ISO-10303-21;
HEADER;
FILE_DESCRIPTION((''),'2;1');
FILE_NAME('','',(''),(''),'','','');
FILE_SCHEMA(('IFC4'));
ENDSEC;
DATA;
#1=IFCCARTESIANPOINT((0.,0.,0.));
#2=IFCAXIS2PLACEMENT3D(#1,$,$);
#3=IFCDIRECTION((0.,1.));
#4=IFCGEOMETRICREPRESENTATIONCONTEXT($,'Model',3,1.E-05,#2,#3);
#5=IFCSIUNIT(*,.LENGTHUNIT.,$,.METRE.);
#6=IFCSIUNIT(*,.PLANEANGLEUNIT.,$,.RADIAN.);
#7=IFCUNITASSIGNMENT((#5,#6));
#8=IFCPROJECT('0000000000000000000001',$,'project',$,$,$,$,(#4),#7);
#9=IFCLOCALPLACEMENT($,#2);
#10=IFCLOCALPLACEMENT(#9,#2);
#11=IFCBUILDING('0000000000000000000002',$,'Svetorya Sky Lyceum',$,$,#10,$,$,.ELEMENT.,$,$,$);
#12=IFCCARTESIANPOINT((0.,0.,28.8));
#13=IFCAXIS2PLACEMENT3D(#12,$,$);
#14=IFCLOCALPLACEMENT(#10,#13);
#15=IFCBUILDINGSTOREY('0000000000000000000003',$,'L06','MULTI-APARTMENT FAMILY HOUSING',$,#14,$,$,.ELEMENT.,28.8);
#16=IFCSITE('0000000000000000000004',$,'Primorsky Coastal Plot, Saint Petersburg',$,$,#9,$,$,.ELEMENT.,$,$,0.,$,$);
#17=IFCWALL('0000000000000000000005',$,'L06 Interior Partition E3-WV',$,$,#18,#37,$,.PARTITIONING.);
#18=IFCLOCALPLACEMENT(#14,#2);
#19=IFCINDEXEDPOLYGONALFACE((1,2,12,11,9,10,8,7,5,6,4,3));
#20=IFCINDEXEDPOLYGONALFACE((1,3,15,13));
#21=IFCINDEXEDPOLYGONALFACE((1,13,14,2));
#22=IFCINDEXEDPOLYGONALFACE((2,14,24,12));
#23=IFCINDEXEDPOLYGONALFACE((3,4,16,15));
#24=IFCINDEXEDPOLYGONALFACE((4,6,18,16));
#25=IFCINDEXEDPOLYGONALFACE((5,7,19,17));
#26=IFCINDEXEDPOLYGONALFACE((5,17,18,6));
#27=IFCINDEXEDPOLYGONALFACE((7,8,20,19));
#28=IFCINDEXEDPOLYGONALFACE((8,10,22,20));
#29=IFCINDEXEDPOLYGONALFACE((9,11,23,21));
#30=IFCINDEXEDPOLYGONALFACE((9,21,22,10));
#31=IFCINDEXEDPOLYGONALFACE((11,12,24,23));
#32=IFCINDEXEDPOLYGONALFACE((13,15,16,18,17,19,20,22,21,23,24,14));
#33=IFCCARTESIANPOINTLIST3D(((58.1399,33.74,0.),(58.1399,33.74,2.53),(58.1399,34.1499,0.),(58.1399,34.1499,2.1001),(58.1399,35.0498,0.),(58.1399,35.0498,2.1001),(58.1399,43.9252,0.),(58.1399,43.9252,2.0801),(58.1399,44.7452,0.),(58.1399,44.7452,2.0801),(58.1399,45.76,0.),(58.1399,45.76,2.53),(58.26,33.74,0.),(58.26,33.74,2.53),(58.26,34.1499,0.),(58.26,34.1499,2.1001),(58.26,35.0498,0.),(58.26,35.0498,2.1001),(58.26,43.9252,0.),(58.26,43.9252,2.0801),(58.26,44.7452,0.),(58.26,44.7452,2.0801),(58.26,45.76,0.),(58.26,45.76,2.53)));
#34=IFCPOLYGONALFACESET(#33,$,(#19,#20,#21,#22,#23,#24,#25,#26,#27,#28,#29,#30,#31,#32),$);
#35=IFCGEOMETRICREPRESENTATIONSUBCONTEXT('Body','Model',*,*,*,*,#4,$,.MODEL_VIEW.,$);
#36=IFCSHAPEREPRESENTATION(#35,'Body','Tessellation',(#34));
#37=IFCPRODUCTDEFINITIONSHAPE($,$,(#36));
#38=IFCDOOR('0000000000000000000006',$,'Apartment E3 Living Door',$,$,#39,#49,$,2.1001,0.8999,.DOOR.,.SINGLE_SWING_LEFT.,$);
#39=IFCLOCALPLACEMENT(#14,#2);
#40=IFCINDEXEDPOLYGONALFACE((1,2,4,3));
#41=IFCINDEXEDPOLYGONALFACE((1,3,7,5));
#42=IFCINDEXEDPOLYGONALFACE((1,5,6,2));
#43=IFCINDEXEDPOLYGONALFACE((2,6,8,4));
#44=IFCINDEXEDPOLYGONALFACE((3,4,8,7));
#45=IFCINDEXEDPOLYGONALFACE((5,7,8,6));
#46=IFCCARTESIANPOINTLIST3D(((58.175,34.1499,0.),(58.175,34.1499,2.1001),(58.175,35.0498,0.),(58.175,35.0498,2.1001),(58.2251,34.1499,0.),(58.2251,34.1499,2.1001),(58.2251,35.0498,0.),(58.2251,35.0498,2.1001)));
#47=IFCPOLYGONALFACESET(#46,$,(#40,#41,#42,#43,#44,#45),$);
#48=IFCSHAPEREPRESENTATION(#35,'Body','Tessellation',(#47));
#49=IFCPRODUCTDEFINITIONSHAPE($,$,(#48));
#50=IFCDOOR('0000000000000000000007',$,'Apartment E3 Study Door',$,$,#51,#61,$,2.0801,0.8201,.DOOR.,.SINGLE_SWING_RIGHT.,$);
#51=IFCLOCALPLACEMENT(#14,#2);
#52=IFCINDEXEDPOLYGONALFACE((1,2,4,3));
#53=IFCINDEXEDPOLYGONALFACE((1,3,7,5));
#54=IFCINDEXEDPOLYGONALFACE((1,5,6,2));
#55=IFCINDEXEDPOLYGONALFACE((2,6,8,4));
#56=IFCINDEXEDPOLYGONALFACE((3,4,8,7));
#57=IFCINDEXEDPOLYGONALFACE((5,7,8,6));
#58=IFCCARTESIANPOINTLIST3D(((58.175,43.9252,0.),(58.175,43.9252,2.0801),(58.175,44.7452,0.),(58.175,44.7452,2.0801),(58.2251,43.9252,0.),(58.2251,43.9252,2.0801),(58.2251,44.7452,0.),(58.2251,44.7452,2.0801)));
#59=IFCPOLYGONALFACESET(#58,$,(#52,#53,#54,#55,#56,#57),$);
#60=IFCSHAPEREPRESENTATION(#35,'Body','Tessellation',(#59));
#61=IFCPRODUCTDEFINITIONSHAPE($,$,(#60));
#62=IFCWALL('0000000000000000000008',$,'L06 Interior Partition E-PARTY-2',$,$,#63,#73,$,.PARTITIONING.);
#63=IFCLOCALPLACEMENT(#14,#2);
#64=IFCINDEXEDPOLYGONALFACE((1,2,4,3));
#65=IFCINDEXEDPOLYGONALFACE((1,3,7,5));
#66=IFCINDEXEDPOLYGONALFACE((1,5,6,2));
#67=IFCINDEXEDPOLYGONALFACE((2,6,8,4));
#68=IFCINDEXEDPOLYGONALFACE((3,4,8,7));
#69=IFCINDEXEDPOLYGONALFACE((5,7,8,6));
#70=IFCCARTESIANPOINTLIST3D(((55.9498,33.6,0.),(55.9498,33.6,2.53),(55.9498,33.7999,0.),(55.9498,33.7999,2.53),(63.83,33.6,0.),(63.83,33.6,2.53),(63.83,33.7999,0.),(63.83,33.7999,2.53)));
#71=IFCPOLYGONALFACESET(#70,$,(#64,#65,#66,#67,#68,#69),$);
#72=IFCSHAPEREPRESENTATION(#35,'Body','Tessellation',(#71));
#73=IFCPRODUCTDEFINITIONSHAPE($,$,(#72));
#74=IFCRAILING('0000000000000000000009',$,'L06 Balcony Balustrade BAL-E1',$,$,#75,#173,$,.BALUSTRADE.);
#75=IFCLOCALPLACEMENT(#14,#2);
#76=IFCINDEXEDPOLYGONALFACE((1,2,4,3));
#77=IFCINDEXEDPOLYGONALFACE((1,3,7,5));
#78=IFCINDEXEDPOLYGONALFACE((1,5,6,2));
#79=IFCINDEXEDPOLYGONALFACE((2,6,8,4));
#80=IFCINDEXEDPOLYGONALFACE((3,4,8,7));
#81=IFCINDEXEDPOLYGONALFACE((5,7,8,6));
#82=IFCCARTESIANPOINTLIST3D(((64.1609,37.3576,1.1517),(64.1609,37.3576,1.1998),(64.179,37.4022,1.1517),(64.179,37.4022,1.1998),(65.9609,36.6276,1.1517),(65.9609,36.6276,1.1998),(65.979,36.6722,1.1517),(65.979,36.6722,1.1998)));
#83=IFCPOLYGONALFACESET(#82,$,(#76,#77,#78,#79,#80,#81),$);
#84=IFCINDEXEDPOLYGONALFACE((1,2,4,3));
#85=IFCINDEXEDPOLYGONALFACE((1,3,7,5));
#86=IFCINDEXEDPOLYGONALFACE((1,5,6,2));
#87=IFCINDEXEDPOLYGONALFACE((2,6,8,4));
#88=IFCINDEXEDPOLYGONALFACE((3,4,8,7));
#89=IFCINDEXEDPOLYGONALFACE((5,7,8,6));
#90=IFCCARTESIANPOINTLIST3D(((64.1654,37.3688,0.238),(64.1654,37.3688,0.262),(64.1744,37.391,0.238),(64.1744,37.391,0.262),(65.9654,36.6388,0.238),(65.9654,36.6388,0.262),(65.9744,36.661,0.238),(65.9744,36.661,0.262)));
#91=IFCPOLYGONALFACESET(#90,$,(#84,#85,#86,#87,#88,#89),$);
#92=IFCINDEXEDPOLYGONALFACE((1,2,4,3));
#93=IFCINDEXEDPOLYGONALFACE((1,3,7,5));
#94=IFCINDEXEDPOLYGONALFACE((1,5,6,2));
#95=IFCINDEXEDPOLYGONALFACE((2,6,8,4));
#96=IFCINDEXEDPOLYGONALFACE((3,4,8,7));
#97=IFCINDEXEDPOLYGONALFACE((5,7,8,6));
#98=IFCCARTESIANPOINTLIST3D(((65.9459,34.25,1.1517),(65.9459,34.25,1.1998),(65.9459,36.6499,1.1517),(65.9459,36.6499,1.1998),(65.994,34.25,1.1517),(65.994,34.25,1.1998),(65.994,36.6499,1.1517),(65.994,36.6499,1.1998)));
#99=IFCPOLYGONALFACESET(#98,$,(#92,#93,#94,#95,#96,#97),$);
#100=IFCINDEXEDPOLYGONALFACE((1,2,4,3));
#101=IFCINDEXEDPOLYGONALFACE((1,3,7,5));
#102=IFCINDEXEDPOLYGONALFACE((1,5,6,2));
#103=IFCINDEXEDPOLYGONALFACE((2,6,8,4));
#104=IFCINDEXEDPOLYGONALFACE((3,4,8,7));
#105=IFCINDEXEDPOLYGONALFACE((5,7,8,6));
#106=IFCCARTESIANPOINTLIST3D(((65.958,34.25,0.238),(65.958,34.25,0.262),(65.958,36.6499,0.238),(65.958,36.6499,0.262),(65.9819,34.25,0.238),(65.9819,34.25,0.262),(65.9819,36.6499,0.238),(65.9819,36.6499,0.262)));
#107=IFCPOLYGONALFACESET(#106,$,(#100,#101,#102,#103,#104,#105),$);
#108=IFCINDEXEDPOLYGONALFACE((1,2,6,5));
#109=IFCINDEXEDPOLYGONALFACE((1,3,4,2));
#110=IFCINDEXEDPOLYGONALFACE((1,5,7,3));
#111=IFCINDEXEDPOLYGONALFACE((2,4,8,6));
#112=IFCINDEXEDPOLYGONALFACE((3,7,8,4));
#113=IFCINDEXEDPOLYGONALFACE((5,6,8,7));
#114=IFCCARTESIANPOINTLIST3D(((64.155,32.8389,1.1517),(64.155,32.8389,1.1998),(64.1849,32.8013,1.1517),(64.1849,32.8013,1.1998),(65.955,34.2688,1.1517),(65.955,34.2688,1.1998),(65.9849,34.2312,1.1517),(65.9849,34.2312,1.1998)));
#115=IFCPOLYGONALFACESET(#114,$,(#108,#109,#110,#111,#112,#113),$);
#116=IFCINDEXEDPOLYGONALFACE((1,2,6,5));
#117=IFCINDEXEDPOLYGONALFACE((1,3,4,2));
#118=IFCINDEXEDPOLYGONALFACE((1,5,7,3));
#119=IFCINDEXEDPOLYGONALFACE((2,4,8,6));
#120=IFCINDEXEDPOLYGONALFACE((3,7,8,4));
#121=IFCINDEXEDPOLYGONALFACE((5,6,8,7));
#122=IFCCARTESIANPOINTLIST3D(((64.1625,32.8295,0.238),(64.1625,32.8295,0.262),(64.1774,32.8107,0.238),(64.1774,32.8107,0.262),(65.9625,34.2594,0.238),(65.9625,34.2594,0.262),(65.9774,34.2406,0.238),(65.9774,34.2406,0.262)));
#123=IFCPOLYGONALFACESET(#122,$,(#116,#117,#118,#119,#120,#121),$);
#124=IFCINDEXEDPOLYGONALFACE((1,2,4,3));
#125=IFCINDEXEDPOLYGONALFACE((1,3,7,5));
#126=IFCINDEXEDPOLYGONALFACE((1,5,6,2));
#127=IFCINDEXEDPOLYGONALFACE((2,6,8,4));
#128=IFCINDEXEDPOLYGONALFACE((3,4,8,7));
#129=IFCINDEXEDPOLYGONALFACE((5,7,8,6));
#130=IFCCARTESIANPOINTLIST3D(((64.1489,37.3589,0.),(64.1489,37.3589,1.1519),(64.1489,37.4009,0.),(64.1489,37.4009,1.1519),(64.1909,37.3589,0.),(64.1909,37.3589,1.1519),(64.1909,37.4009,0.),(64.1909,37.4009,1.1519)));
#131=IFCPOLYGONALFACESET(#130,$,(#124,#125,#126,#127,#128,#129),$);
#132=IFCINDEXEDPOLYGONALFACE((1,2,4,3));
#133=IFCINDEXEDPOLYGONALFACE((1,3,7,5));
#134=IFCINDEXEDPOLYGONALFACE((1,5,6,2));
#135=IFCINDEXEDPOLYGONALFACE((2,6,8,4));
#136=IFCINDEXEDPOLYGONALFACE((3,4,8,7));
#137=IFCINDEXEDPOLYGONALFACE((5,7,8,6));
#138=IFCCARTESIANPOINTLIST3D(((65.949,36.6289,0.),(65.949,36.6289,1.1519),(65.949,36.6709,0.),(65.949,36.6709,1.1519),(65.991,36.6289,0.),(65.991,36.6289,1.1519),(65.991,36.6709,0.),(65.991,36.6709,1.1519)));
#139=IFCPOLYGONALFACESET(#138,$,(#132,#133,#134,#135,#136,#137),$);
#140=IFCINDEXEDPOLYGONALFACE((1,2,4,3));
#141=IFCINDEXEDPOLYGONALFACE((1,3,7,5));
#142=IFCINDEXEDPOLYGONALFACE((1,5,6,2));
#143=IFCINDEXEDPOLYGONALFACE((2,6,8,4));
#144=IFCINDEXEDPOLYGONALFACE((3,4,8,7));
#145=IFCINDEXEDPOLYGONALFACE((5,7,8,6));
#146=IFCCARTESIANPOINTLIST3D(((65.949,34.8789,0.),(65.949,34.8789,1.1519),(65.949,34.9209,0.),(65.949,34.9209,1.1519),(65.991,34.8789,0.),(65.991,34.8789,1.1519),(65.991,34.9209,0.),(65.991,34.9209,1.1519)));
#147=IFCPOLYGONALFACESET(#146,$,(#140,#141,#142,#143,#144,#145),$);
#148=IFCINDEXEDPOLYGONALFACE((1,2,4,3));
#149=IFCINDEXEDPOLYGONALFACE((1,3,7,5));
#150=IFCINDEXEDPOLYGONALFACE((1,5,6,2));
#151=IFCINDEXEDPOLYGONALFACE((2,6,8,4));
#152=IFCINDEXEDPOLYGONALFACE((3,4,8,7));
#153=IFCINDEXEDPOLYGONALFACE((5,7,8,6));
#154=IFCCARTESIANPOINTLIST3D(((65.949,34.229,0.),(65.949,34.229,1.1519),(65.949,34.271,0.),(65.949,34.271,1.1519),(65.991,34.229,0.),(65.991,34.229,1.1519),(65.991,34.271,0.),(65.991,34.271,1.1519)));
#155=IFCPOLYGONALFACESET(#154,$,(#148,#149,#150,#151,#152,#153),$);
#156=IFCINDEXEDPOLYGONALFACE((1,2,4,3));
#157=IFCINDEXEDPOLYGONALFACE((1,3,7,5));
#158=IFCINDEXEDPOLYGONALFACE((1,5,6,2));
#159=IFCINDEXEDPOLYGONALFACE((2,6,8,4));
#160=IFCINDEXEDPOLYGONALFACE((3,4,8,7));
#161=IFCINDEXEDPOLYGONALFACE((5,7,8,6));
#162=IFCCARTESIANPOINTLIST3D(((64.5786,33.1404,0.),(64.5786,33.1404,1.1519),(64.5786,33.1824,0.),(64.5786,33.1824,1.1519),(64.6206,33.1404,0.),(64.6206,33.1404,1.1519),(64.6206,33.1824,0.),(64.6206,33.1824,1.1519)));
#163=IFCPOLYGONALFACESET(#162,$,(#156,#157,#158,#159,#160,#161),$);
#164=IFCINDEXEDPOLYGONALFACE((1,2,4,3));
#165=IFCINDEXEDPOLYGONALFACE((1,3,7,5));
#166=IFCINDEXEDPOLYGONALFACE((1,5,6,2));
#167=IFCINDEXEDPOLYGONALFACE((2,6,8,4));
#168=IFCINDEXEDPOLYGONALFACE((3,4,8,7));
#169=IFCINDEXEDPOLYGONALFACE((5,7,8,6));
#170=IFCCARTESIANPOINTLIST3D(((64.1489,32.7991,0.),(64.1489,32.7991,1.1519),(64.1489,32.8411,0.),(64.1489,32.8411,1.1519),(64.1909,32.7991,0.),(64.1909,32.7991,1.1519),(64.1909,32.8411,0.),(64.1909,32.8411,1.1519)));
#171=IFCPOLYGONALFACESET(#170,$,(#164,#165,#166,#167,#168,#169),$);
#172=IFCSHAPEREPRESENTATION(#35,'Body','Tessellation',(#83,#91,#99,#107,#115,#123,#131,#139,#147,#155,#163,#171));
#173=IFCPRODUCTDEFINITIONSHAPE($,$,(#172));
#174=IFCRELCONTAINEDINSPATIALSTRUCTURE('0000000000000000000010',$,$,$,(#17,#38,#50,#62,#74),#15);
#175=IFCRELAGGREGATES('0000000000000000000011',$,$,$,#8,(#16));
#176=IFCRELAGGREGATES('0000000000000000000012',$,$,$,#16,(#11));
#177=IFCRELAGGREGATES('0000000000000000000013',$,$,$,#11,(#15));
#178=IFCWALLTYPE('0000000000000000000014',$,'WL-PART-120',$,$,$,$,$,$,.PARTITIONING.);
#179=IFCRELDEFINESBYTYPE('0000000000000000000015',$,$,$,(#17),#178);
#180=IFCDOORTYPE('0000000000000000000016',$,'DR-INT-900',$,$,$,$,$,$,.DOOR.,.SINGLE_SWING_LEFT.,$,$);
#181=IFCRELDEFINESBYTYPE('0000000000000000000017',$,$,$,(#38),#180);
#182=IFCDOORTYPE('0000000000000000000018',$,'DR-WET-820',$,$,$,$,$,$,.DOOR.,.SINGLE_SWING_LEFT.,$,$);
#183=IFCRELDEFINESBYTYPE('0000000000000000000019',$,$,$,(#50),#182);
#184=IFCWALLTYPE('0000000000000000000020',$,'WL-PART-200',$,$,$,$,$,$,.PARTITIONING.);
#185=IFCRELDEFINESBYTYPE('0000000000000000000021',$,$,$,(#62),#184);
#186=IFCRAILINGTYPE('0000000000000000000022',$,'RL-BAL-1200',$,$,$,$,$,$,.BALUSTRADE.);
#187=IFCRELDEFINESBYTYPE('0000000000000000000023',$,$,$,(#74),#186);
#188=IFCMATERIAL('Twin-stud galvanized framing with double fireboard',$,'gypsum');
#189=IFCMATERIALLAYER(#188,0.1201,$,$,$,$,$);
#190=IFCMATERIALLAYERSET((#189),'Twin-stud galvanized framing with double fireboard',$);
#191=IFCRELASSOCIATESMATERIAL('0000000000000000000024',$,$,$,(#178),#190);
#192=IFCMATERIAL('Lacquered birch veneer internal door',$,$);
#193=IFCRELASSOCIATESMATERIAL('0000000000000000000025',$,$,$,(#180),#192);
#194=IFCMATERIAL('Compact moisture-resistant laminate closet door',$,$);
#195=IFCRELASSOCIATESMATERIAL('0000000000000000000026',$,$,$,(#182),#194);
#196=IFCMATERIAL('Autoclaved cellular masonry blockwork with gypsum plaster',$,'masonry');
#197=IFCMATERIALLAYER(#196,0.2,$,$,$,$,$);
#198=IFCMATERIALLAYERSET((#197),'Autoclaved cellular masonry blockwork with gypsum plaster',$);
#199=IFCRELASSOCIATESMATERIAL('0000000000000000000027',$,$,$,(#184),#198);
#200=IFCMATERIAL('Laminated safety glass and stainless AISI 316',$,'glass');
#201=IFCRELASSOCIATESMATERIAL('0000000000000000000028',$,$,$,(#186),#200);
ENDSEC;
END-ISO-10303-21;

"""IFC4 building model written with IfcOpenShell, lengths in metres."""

from ifc_helpers import new_model, si_unit, direction, frame, frame_2d, origin, origin_2d, place, context, subcontext, project, spatial, rectangle, extrude, material, layer, layer_set, type_object, element, fill, save


model = new_model("IFC4")

# Units and contexts
model_context = context("Model", 3, precision=1e-05, world=origin(), true_north=direction((0.0, 1.0)))
body_context = subcontext(model_context, "Body", "Model", "MODEL_VIEW")
ifc_project = project(units=[si_unit("LENGTHUNIT", "METRE"), si_unit("PLANEANGLEUNIT", "RADIAN")], contexts=[model_context])

# Site, building, storey
site_placement = place(None, origin())
site = spatial("IfcSite", under=ifc_project, at=site_placement, Name="Primorsky Coastal Plot, Saint Petersburg", CompositionType="ELEMENT", RefElevation=0.0)
building_placement = place(site_placement, origin())
building = spatial("IfcBuilding", under=site, at=building_placement, Name="Svetorya Sky Lyceum", CompositionType="ELEMENT")
storey_placement = place(building_placement, frame((0.0, 0.0, 28.8)))
storey = spatial("IfcBuildingStorey", under=building, at=storey_placement, Name="L06", Description="MULTI-APARTMENT FAMILY HOUSING", CompositionType="ELEMENT", Elevation=28.8)

# Shared definitions
ifc_material_1 = material(Name="Twin-stud galvanized framing with double fireboard", Category="gypsum")
ifc_layer_1 = layer(ifc_material_1, 0.1201)
ifc_layer_set_1 = layer_set([ifc_layer_1], Name="Twin-stud galvanized framing with double fireboard")
wall_type_1 = type_object("IfcWallType", Name="WL-PART-120", PredefinedType="PARTITIONING", material=ifc_layer_set_1)
ifc_material_2 = material(Name="Lacquered birch veneer internal door")
door_type_1 = type_object("IfcDoorType", Name="DR-INT-900", OperationType="SINGLE_SWING_LEFT", PredefinedType="DOOR", material=ifc_material_2)

# Wall, openings, doors
wall_1_placement = place(storey_placement, frame((58.2, 33.74, 0.0), z_axis=(0.0, 0.0, 1.0), x_axis=(0.0, 1.0, 0.0)))
wall_1 = element("IfcWall", 1, at=wall_1_placement, inside=storey, type_object=wall_type_1, Name="L06 Interior Partition E3-WV", PredefinedType="PARTITIONING", context=body_context, shape_type="SweptSolid", body=[
    extrude(rectangle(XDim=12.02, YDim=0.1201, at=frame_2d((6.01, 0.0))), origin(), (0.0, 0.0, 1.0), 2.53),
])
opening_1_placement = place(wall_1_placement, frame((0.4099, 0.0, 0.0)))
opening_1 = element("IfcOpeningElement", 2, at=opening_1_placement, cuts=wall_1, PredefinedType="OPENING", context=body_context, shape_type="SweptSolid", body=[
    extrude(rectangle(XDim=0.8999, YDim=2.1001, at=frame_2d((0.45, 1.05))), frame((0.0, 0.0701, 0.0), z_axis=(0.0, -1.0, 0.0), x_axis=(1.0, 0.0, 0.0)), (0.0, 0.0, 1.0), 0.1401),
])
opening_2_placement = place(wall_1_placement, frame((10.1851, 0.0, 0.0)))
opening_2 = element("IfcOpeningElement", 3, at=opening_2_placement, cuts=wall_1, PredefinedType="OPENING", context=body_context, shape_type="SweptSolid", body=[
    extrude(rectangle(XDim=0.8201, YDim=2.0801, at=frame_2d((0.4102, 1.04))), frame((0.0, 0.0701, 0.0), z_axis=(0.0, -1.0, 0.0), x_axis=(1.0, 0.0, 0.0)), (0.0, 0.0, 1.0), 0.1401),
])
door_1_placement = place(opening_1_placement, origin())
door_1 = element("IfcDoor", 4, at=door_1_placement, inside=storey, type_object=door_type_1, Name="Apartment E3 Living Door", OperationType="SINGLE_SWING_LEFT", OverallHeight=2.1001, OverallWidth=0.8999, PredefinedType="DOOR", context=body_context, shape_type="SweptSolid", body=[
    extrude(rectangle(XDim=0.8999, YDim=2.1001, at=frame_2d((0.45, 1.05))), frame((0.0, 0.0249, 0.0), z_axis=(0.0, -1.0, 0.0), x_axis=(1.0, 0.0, 0.0)), (0.0, 0.0, 1.0), 0.05),
])
fill(opening_1, door_1)
ifc_material_3 = material(Name="Compact moisture-resistant laminate closet door")
door_type_2 = type_object("IfcDoorType", Name="DR-WET-820", OperationType="SINGLE_SWING_LEFT", PredefinedType="DOOR", material=ifc_material_3)
door_2_placement = place(opening_2_placement, origin())
door_2 = element("IfcDoor", 5, at=door_2_placement, inside=storey, type_object=door_type_2, Name="Apartment E3 Study Door", OperationType="SINGLE_SWING_RIGHT", OverallHeight=2.0801, OverallWidth=0.8201, PredefinedType="DOOR", context=body_context, shape_type="SweptSolid", body=[
    extrude(rectangle(XDim=0.8201, YDim=2.0801, at=frame_2d((0.4102, 1.04))), frame((0.0, 0.0249, 0.0), z_axis=(0.0, -1.0, 0.0), x_axis=(1.0, 0.0, 0.0)), (0.0, 0.0, 1.0), 0.05),
])
fill(opening_2, door_2)

# Wall
ifc_material_4 = material(Name="Autoclaved cellular masonry blockwork with gypsum plaster", Category="masonry")
ifc_layer_2 = layer(ifc_material_4, 0.2)
ifc_layer_set_2 = layer_set([ifc_layer_2], Name="Autoclaved cellular masonry blockwork with gypsum plaster")
wall_type_2 = type_object("IfcWallType", Name="WL-PART-200", PredefinedType="PARTITIONING", material=ifc_layer_set_2)
wall_2_placement = place(storey_placement, frame((55.95, 33.7, 0.0), z_axis=(0.0, 0.0, 1.0), x_axis=(1.0, 0.0, 0.0)))
element("IfcWall", 6, at=wall_2_placement, inside=storey, type_object=wall_type_2, Name="L06 Interior Partition E-PARTY-2", PredefinedType="PARTITIONING", context=body_context, shape_type="SweptSolid", body=[
    extrude(rectangle(XDim=7.8801, YDim=0.2, at=frame_2d((3.9399, 0.0))), origin(), (0.0, 0.0, 1.0), 2.53),
])

# Railing
ifc_material_5 = material(Name="Laminated safety glass and stainless AISI 316", Category="glass")
railing_type = type_object("IfcRailingType", Name="RL-BAL-1200", PredefinedType="BALUSTRADE", material=ifc_material_5)
railing_placement = place(storey_placement, frame((64.1699, 37.3799, 0.0)))
element("IfcRailing", 7, at=railing_placement, inside=storey, type_object=railing_type, Name="L06 Balcony Balustrade BAL-E1", PredefinedType="BALUSTRADE", context=body_context, shape_type="SweptSolid", body=[
    extrude(rectangle(XDim=0.0481, YDim=0.0481, at=origin_2d()), frame((0.0, 0.0, 1.1758), z_axis=(0.926698, -0.375807, 0.0), x_axis=(0.375807, 0.926698, 0.0)), (0.0, 0.0, 1.0), 1.9424),
    extrude(rectangle(XDim=0.0239, YDim=0.0239, at=origin_2d()), frame((0.0, 0.0, 0.25), z_axis=(0.926698, -0.375807, 0.0), x_axis=(0.375807, 0.926698, 0.0)), (0.0, 0.0, 1.0), 1.9424),
    extrude(rectangle(XDim=0.0481, YDim=0.0481, at=origin_2d()), frame((1.8, -0.73, 1.1758), z_axis=(0.0, -1.0, 0.0), x_axis=(1.0, 0.0, 0.0)), (0.0, 0.0, 1.0), 2.3999),
    extrude(rectangle(XDim=0.0239, YDim=0.0239, at=origin_2d()), frame((1.8, -0.73, 0.25), z_axis=(0.0, -1.0, 0.0), x_axis=(1.0, 0.0, 0.0)), (0.0, 0.0, 1.0), 2.3999),
    extrude(rectangle(XDim=0.0481, YDim=0.0481, at=origin_2d()), frame((1.8, -3.1299, 1.1758), z_axis=(-0.783009, -0.62201, 0.0), x_axis=(0.62201, -0.783009, 0.0)), (0.0, 0.0, 1.0), 2.2988),
    extrude(rectangle(XDim=0.0239, YDim=0.0239, at=origin_2d()), frame((1.8, -3.1299, 0.25), z_axis=(-0.783009, -0.62201, 0.0), x_axis=(0.62201, -0.783009, 0.0)), (0.0, 0.0, 1.0), 2.2988),
    extrude(rectangle(XDim=0.042, YDim=0.042, at=origin_2d()), origin(), (0.0, 0.0, 1.0), 1.1519),
    extrude(rectangle(XDim=0.042, YDim=0.042, at=origin_2d()), frame((1.8, -0.73, 0.0)), (0.0, 0.0, 1.0), 1.1519),
    extrude(rectangle(XDim=0.042, YDim=0.042, at=origin_2d()), frame((1.8, -2.48, 0.0)), (0.0, 0.0, 1.0), 1.1519),
    extrude(rectangle(XDim=0.042, YDim=0.042, at=origin_2d()), frame((1.8, -3.1299, 0.0)), (0.0, 0.0, 1.0), 1.1519),
    extrude(rectangle(XDim=0.042, YDim=0.042, at=origin_2d()), frame((0.4297, -4.2185, 0.0)), (0.0, 0.0, 1.0), 1.1519),
    extrude(rectangle(XDim=0.042, YDim=0.042, at=origin_2d()), frame((0.0, -4.5598, 0.0)), (0.0, 0.0, 1.0), 1.1519),
])

save(model, "model.ifc")
